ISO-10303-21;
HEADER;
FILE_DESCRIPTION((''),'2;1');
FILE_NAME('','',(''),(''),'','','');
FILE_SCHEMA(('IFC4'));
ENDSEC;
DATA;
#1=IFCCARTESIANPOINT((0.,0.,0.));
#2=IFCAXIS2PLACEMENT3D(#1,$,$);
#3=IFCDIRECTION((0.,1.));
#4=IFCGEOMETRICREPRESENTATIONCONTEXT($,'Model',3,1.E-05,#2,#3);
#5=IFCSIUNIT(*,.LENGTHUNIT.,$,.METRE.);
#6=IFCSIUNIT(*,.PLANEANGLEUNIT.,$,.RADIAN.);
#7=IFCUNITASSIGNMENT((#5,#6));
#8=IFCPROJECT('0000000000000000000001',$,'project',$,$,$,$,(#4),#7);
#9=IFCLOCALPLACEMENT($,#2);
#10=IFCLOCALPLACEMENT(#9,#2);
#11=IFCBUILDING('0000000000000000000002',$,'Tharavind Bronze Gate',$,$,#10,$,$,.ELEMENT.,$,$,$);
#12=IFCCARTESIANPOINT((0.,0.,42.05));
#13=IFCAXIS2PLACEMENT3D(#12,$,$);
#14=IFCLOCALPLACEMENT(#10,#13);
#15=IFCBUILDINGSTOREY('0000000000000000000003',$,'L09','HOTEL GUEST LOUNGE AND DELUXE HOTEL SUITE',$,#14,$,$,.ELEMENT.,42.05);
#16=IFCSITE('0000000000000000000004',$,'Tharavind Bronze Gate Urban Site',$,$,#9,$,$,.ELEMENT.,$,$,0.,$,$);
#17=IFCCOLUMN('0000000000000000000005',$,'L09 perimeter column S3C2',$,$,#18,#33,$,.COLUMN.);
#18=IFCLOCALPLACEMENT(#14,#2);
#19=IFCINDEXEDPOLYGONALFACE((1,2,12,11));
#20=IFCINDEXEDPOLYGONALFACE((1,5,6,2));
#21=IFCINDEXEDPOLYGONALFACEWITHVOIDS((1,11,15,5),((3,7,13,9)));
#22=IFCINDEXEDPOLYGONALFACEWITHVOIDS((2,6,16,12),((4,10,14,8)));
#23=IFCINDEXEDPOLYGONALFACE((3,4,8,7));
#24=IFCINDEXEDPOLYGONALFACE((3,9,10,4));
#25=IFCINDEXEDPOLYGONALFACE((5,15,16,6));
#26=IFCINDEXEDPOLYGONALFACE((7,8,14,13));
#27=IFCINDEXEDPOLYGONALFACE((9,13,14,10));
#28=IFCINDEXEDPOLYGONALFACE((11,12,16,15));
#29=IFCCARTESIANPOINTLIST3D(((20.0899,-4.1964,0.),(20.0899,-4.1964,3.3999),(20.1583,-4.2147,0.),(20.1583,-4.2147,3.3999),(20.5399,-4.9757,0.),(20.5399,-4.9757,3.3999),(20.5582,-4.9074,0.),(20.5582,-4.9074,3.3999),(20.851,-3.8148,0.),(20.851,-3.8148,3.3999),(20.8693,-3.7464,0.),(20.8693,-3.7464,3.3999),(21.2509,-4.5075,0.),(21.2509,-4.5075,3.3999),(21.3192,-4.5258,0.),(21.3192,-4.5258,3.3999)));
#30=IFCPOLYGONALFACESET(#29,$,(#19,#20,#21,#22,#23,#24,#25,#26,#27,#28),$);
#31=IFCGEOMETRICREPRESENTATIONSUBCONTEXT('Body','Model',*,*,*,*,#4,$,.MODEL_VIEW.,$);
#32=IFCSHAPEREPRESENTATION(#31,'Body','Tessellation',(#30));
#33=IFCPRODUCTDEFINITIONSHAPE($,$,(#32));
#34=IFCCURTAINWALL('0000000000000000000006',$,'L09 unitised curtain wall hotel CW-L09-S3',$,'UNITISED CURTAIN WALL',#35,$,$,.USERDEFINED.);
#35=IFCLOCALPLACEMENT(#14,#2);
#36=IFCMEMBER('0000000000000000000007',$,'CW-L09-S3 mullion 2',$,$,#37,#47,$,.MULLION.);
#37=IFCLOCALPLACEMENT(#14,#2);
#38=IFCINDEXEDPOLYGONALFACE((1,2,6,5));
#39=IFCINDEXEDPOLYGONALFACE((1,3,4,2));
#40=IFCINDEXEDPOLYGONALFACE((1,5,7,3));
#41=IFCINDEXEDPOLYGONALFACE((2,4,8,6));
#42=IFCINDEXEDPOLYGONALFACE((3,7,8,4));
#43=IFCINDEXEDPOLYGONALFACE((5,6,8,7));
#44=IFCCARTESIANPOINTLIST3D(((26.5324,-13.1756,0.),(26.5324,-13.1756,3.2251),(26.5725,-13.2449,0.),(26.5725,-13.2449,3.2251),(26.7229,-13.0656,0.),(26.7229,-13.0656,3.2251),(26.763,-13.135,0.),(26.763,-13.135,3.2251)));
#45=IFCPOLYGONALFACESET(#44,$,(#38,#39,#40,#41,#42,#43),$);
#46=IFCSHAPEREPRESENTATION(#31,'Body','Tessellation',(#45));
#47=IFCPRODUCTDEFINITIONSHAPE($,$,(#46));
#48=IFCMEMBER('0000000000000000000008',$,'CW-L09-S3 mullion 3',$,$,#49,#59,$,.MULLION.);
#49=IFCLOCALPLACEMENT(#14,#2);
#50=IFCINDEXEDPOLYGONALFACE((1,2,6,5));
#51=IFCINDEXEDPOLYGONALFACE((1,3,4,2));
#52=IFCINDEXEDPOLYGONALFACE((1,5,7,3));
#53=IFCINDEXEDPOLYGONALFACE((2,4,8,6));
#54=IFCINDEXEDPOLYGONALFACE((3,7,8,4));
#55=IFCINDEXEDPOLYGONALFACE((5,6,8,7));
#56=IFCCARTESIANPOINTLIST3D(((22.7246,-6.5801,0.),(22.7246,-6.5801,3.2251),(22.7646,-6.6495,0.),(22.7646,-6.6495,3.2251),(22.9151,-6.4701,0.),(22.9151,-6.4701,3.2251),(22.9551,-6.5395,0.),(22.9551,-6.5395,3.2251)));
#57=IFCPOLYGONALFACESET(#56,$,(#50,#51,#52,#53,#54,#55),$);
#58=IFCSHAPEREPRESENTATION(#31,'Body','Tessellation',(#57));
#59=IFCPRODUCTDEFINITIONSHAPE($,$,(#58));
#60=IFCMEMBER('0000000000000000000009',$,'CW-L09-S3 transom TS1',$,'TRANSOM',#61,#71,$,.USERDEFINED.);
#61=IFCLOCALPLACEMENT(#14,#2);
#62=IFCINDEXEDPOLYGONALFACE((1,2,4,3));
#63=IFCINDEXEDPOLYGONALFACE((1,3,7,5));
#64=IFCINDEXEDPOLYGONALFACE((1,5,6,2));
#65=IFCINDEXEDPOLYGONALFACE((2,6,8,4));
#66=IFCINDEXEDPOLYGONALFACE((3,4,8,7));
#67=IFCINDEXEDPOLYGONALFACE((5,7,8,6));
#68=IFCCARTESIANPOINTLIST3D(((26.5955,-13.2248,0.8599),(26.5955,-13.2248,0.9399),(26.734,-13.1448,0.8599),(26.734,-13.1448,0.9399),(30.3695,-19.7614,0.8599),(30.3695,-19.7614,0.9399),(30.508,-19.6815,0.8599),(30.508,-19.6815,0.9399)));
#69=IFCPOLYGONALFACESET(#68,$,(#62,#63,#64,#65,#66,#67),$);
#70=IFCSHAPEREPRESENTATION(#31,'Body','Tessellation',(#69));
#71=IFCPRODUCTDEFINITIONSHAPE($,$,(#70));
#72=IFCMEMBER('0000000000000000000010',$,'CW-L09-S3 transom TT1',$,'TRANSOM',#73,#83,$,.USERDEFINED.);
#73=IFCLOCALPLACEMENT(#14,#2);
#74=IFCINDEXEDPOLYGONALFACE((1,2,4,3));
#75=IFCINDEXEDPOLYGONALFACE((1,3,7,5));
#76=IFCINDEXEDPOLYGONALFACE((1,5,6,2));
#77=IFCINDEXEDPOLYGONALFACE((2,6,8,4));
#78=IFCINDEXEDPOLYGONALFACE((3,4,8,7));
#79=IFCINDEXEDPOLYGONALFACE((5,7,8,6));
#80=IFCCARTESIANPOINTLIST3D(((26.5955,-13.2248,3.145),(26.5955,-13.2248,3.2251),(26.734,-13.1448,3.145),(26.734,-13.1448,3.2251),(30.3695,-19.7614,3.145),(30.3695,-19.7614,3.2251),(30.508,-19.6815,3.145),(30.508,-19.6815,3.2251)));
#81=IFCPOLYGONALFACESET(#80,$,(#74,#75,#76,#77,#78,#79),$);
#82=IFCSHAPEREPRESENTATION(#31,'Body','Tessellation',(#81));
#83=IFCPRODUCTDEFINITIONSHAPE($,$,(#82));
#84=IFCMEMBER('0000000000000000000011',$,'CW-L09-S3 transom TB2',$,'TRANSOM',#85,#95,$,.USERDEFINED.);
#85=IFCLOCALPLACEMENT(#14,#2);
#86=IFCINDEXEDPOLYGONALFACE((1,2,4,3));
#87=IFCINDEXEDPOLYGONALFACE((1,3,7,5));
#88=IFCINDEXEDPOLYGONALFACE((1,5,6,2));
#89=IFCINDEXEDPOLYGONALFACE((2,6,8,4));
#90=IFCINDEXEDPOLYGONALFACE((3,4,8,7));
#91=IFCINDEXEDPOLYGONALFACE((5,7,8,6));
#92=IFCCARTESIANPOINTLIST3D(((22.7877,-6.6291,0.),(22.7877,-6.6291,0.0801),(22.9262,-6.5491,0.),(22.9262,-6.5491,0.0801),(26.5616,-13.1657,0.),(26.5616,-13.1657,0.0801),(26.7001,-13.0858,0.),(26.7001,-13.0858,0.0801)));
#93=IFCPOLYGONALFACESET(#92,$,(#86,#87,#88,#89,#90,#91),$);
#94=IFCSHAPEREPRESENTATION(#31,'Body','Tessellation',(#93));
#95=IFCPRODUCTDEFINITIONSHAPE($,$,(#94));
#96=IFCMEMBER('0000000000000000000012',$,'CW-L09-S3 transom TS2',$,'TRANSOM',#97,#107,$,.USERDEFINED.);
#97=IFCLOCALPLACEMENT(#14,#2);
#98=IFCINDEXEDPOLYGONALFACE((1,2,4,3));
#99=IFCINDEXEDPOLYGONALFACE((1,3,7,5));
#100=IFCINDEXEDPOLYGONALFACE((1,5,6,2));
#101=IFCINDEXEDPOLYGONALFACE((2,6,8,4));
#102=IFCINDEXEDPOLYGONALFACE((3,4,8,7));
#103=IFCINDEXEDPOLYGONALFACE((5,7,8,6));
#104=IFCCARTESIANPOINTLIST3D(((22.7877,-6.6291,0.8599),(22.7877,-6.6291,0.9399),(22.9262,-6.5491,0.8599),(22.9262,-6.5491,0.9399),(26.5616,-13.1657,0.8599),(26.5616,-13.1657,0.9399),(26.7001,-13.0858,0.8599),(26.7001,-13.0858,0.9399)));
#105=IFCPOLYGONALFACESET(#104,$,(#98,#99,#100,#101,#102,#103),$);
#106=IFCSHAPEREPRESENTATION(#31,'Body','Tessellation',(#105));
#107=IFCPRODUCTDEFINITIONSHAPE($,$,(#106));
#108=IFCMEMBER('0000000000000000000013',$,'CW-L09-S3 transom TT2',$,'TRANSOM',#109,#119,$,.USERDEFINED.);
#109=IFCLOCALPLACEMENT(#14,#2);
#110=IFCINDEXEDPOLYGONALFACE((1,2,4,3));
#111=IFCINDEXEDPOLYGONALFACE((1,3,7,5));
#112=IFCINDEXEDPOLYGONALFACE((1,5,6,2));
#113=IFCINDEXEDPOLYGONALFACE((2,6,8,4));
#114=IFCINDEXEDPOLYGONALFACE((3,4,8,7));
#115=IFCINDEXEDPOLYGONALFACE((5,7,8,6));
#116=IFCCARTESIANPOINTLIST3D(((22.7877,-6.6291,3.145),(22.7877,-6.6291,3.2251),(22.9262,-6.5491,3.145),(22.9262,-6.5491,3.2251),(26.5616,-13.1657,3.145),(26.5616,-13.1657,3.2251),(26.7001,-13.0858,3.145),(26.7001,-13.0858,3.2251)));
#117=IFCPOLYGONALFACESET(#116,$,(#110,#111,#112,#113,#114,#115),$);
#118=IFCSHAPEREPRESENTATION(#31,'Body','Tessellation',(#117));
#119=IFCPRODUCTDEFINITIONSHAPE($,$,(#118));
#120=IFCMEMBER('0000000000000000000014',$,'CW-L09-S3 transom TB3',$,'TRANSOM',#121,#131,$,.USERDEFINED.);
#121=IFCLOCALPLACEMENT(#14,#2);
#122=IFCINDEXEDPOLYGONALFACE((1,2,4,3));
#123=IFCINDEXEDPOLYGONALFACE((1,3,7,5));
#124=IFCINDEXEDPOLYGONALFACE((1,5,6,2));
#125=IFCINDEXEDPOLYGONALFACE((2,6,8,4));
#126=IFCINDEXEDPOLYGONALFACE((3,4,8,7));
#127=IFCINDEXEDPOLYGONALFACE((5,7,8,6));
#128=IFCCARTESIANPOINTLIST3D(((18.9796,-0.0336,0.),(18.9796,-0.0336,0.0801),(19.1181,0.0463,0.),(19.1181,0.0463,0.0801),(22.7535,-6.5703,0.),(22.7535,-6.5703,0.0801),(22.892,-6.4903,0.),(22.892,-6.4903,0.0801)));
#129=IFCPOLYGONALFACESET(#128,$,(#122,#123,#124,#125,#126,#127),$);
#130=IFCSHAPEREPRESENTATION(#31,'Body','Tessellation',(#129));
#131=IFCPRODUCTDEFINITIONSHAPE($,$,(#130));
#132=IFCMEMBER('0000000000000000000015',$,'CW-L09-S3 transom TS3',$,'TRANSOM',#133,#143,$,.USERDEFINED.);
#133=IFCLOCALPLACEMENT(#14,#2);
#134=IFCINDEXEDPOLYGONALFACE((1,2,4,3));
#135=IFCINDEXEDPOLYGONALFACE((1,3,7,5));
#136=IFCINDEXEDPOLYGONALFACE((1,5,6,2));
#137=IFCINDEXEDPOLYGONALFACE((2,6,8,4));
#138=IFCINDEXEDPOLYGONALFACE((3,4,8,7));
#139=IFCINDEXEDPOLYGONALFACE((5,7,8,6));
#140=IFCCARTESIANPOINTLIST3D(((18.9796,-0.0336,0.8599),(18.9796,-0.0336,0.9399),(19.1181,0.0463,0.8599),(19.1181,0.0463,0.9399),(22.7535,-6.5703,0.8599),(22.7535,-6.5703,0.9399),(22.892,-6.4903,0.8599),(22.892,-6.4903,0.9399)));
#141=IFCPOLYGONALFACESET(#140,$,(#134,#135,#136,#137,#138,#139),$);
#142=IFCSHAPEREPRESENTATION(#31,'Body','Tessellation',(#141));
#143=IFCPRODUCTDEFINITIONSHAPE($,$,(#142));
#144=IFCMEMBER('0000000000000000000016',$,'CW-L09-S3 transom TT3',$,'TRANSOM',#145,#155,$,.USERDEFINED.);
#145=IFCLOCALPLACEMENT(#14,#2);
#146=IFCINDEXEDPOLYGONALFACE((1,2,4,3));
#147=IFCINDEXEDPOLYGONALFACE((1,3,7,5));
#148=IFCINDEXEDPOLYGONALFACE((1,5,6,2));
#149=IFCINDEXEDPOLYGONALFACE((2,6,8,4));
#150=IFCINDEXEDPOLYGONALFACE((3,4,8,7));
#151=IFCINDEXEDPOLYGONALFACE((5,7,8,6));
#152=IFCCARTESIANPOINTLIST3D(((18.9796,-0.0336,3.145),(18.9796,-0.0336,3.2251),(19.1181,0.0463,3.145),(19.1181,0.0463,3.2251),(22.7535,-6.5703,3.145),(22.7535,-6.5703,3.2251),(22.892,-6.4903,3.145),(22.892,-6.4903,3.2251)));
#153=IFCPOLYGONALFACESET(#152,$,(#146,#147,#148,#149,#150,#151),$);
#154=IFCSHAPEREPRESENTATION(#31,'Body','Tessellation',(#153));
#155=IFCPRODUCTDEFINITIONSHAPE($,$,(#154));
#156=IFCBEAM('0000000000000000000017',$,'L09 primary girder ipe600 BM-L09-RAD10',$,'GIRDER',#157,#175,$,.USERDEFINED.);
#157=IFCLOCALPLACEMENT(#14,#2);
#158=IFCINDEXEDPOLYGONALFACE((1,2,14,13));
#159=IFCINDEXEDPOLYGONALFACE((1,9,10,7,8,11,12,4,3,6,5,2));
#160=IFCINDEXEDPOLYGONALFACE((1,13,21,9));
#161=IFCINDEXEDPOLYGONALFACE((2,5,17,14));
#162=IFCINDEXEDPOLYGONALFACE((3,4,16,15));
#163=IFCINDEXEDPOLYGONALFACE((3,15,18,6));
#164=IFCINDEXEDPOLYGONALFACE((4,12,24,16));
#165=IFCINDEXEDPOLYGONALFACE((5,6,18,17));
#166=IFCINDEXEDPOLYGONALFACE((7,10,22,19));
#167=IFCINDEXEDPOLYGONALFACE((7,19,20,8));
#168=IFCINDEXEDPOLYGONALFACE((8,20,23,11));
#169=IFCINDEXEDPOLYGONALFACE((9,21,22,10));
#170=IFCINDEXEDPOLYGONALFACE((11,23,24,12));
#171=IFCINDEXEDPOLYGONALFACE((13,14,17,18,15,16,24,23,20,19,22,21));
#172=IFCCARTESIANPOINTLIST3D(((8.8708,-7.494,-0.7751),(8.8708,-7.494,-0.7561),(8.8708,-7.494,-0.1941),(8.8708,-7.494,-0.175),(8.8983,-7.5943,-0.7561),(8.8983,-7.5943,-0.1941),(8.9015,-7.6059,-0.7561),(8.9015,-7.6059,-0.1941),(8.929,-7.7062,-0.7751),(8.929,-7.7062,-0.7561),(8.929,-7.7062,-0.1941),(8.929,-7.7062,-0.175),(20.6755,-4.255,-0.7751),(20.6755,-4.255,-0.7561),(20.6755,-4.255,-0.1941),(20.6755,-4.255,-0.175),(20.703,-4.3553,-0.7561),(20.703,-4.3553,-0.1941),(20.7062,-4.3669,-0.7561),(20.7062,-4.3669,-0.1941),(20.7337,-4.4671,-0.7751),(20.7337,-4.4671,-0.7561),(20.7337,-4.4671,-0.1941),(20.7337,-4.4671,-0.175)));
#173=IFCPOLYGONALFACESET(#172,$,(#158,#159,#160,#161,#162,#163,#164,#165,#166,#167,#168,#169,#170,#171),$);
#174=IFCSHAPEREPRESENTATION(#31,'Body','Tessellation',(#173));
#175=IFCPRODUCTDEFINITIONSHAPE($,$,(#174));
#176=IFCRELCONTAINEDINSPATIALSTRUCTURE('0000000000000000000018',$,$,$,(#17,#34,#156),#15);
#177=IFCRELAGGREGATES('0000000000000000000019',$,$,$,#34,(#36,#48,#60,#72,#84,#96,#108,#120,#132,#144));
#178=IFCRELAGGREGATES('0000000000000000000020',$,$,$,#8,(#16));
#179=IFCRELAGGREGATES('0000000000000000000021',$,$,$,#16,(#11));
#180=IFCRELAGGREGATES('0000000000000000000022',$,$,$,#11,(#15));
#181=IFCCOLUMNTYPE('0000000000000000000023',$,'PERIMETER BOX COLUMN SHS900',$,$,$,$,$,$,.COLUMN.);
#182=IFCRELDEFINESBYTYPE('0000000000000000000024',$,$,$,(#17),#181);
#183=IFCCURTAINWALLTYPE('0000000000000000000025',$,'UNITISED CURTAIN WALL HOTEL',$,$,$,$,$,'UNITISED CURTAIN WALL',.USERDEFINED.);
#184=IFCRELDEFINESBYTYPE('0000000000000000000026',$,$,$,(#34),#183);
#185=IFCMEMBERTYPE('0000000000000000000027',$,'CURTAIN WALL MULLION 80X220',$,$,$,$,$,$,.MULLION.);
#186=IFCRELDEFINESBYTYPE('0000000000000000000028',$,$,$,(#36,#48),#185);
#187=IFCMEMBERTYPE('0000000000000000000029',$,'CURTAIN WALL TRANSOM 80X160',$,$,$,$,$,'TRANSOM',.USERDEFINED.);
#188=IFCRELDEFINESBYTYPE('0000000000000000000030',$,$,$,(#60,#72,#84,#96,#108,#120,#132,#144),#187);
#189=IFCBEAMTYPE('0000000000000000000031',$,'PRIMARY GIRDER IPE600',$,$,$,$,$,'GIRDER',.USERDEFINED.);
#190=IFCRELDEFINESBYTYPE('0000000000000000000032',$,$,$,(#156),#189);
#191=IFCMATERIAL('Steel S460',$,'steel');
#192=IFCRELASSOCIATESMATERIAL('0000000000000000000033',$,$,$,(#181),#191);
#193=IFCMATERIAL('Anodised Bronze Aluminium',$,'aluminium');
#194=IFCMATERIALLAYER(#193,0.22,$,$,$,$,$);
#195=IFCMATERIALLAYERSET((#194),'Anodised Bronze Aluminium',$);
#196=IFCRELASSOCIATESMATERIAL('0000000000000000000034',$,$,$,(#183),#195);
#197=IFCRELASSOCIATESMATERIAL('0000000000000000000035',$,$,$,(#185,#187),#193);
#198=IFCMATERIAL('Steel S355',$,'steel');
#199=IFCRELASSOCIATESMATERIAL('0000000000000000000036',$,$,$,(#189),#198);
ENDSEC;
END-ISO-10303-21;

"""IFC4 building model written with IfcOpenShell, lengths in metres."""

from ifc_helpers import new_model, si_unit, direction, frame, origin, origin_2d, place, context, subcontext, project, spatial, rectangle, hollow_rectangle, i_section, extrude, material, layer, layer_set, material_profile, profile_set, type_object, element, aggregate, save


model = new_model("IFC4")

# Units and contexts
model_context = context("Model", 3, precision=1e-05, world=origin(), true_north=direction((0.0, 1.0)))
body_context = subcontext(model_context, "Body", "Model", "MODEL_VIEW")
ifc_project = project(units=[si_unit("LENGTHUNIT", "METRE"), si_unit("PLANEANGLEUNIT", "RADIAN")], contexts=[model_context])

# Site, building, storey
site_placement = place(None, origin())
site = spatial("IfcSite", under=ifc_project, at=site_placement, Name="Tharavind Bronze Gate Urban Site", CompositionType="ELEMENT", RefElevation=0.0)
building_placement = place(site_placement, origin())
building = spatial("IfcBuilding", under=site, at=building_placement, Name="Tharavind Bronze Gate", CompositionType="ELEMENT")
storey_placement = place(building_placement, frame((0.0, 0.0, 42.05)))
storey = spatial("IfcBuildingStorey", under=building, at=storey_placement, Name="L09", Description="HOTEL GUEST LOUNGE AND DELUXE HOTEL SUITE", CompositionType="ELEMENT", Elevation=42.05)

# Column
ifc_material_1 = material(Name="Steel S460", Category="steel")
ifc_material_profile_1 = material_profile(ifc_material_1, hollow_rectangle(XDim=0.8999, YDim=0.8999, WallThickness=0.05, at=origin_2d()), Name="SHS900X50")
ifc_profile_set_1 = profile_set([ifc_material_profile_1], Name="Steel S460")
column_type = type_object("IfcColumnType", Name="PERIMETER BOX COLUMN SHS900", PredefinedType="COLUMN", material=ifc_profile_set_1)
column_placement = place(storey_placement, frame((20.7046, -4.3611, 0.0), z_axis=(0.0, 0.0, 1.0), x_axis=(-0.500002, 0.866025, 0.0)))
element("IfcColumn", 1, at=column_placement, inside=storey, type_object=column_type, Name="L09 perimeter column S3C2", PredefinedType="COLUMN", context=body_context, shape_type="SweptSolid", body=[
    extrude(hollow_rectangle(XDim=0.8999, YDim=0.8999, WallThickness=0.05, at=origin_2d()), origin(), (0.0, 0.0, 1.0), 3.3999),
])

# Curtain wall, members
ifc_material_2 = material(Name="Anodised Bronze Aluminium", Category="aluminium")
ifc_layer_1 = layer(ifc_material_2, 0.22)
ifc_layer_set_1 = layer_set([ifc_layer_1], Name="Anodised Bronze Aluminium")
curtain_wall_type = type_object("IfcCurtainWallType", Name="UNITISED CURTAIN WALL HOTEL", ElementType="UNITISED CURTAIN WALL", PredefinedType="USERDEFINED", material=ifc_layer_set_1)
curtain_wall_placement = place(storey_placement, origin())
curtain_wall = element("IfcCurtainWall", 2, at=curtain_wall_placement, inside=storey, type_object=curtain_wall_type, Name="L09 unitised curtain wall hotel CW-L09-S3", ObjectType="UNITISED CURTAIN WALL", PredefinedType="USERDEFINED")
member_type_1 = type_object("IfcMemberType", Name="CURTAIN WALL MULLION 80X220", PredefinedType="MULLION", material=ifc_material_2)
member_1_placement = place(storey_placement, frame((26.6477, -13.1553, 0.0), z_axis=(0.0, 0.0, 1.0), x_axis=(-0.500002, 0.866025, 0.0)))
member_1 = element("IfcMember", 3, at=member_1_placement, type_object=member_type_1, Name="CW-L09-S3 mullion 2", PredefinedType="MULLION", context=body_context, shape_type="SweptSolid", body=[
    extrude(rectangle(XDim=0.0801, YDim=0.22, at=origin_2d()), origin(), (0.0, 0.0, 1.0), 3.2251),
])
member_2_placement = place(storey_placement, frame((22.8398, -6.5598, 0.0), z_axis=(0.0, 0.0, 1.0), x_axis=(-0.500002, 0.866025, 0.0)))
member_2 = element("IfcMember", 4, at=member_2_placement, type_object=member_type_1, Name="CW-L09-S3 mullion 3", PredefinedType="MULLION", context=body_context, shape_type="SweptSolid", body=[
    extrude(rectangle(XDim=0.0801, YDim=0.22, at=origin_2d()), origin(), (0.0, 0.0, 1.0), 3.2251),
])
member_type_2 = type_object("IfcMemberType", Name="CURTAIN WALL TRANSOM 80X160", ElementType="TRANSOM", PredefinedType="USERDEFINED", material=ifc_material_2)
member_3_placement = place(storey_placement, frame((28.5518, -16.4531, 0.8599), z_axis=(0.0, 0.0, 1.0), x_axis=(-0.500002, 0.866025, 0.0)))
member_3 = element("IfcMember", 5, at=member_3_placement, type_object=member_type_2, Name="CW-L09-S3 transom TS1", ObjectType="TRANSOM", PredefinedType="USERDEFINED", context=body_context, shape_type="SweptSolid", body=[
    extrude(rectangle(XDim=7.5479, YDim=0.1599, at=origin_2d()), origin(), (0.0, 0.0, 1.0), 0.0801),
])
member_4_placement = place(storey_placement, frame((28.5518, -16.4531, 3.145), z_axis=(0.0, 0.0, 1.0), x_axis=(-0.500002, 0.866025, 0.0)))
member_4 = element("IfcMember", 6, at=member_4_placement, type_object=member_type_2, Name="CW-L09-S3 transom TT1", ObjectType="TRANSOM", PredefinedType="USERDEFINED", context=body_context, shape_type="SweptSolid", body=[
    extrude(rectangle(XDim=7.5479, YDim=0.1599, at=origin_2d()), origin(), (0.0, 0.0, 1.0), 0.0801),
])
member_5_placement = place(storey_placement, frame((24.7439, -9.8574, 0.0), z_axis=(0.0, 0.0, 1.0), x_axis=(-0.500002, 0.866025, 0.0)))
member_5 = element("IfcMember", 7, at=member_5_placement, type_object=member_type_2, Name="CW-L09-S3 transom TB2", ObjectType="TRANSOM", PredefinedType="USERDEFINED", context=body_context, shape_type="SweptSolid", body=[
    extrude(rectangle(XDim=7.5479, YDim=0.1599, at=origin_2d()), origin(), (0.0, 0.0, 1.0), 0.0801),
])
member_6_placement = place(storey_placement, frame((24.7439, -9.8574, 0.8599), z_axis=(0.0, 0.0, 1.0), x_axis=(-0.500002, 0.866025, 0.0)))
member_6 = element("IfcMember", 8, at=member_6_placement, type_object=member_type_2, Name="CW-L09-S3 transom TS2", ObjectType="TRANSOM", PredefinedType="USERDEFINED", context=body_context, shape_type="SweptSolid", body=[
    extrude(rectangle(XDim=7.5479, YDim=0.1599, at=origin_2d()), origin(), (0.0, 0.0, 1.0), 0.0801),
])
member_7_placement = place(storey_placement, frame((24.7439, -9.8574, 3.145), z_axis=(0.0, 0.0, 1.0), x_axis=(-0.500002, 0.866025, 0.0)))
member_7 = element("IfcMember", 9, at=member_7_placement, type_object=member_type_2, Name="CW-L09-S3 transom TT2", ObjectType="TRANSOM", PredefinedType="USERDEFINED", context=body_context, shape_type="SweptSolid", body=[
    extrude(rectangle(XDim=7.5479, YDim=0.1599, at=origin_2d()), origin(), (0.0, 0.0, 1.0), 0.0801),
])
member_8_placement = place(storey_placement, frame((20.9358, -3.262, 0.0), z_axis=(0.0, 0.0, 1.0), x_axis=(-0.500002, 0.866025, 0.0)))
member_8 = element("IfcMember", 10, at=member_8_placement, type_object=member_type_2, Name="CW-L09-S3 transom TB3", ObjectType="TRANSOM", PredefinedType="USERDEFINED", context=body_context, shape_type="SweptSolid", body=[
    extrude(rectangle(XDim=7.5479, YDim=0.1599, at=origin_2d()), origin(), (0.0, 0.0, 1.0), 0.0801),
])
member_9_placement = place(storey_placement, frame((20.9358, -3.262, 0.8599), z_axis=(0.0, 0.0, 1.0), x_axis=(-0.500002, 0.866025, 0.0)))
member_9 = element("IfcMember", 11, at=member_9_placement, type_object=member_type_2, Name="CW-L09-S3 transom TS3", ObjectType="TRANSOM", PredefinedType="USERDEFINED", context=body_context, shape_type="SweptSolid", body=[
    extrude(rectangle(XDim=7.5479, YDim=0.1599, at=origin_2d()), origin(), (0.0, 0.0, 1.0), 0.0801),
])
member_10_placement = place(storey_placement, frame((20.9358, -3.262, 3.145), z_axis=(0.0, 0.0, 1.0), x_axis=(-0.500002, 0.866025, 0.0)))
member_10 = element("IfcMember", 12, at=member_10_placement, type_object=member_type_2, Name="CW-L09-S3 transom TT3", ObjectType="TRANSOM", PredefinedType="USERDEFINED", context=body_context, shape_type="SweptSolid", body=[
    extrude(rectangle(XDim=7.5479, YDim=0.1599, at=origin_2d()), origin(), (0.0, 0.0, 1.0), 0.0801),
])

# Beam
ifc_material_3 = material(Name="Steel S355", Category="steel")
ifc_material_profile_2 = material_profile(ifc_material_3, i_section(OverallWidth=0.22, OverallDepth=0.6001, WebThickness=0.012, FlangeThickness=0.019, at=origin_2d()), Name="IPE600")
ifc_profile_set_2 = profile_set([ifc_material_profile_2], Name="Steel S355")
beam_type_1 = type_object("IfcBeamType", Name="PRIMARY GIRDER IPE600", ElementType="GIRDER", PredefinedType="USERDEFINED", material=ifc_profile_set_2)
beam_1_placement = place(storey_placement, frame((20.7046, -4.3611, -0.4751), z_axis=(-0.964357, -0.264604, 0.0), x_axis=(0.264604, -0.964357, 0.0)))
element("IfcBeam", 13, at=beam_1_placement, inside=storey, type_object=beam_type_1, Name="L09 primary girder ipe600 BM-L09-RAD10", ObjectType="GIRDER", PredefinedType="USERDEFINED", context=body_context, shape_type="SweptSolid", body=[
    extrude(i_section(OverallWidth=0.22, OverallDepth=0.6001, WebThickness=0.012, FlangeThickness=0.019, at=origin_2d()), origin(), (0.0, 0.0, 1.0), 12.241),
])

aggregate(curtain_wall, [member_1, member_2, member_3, member_4, member_5, member_6, member_7, member_8, member_9, member_10])

save(model, "model.ifc")
